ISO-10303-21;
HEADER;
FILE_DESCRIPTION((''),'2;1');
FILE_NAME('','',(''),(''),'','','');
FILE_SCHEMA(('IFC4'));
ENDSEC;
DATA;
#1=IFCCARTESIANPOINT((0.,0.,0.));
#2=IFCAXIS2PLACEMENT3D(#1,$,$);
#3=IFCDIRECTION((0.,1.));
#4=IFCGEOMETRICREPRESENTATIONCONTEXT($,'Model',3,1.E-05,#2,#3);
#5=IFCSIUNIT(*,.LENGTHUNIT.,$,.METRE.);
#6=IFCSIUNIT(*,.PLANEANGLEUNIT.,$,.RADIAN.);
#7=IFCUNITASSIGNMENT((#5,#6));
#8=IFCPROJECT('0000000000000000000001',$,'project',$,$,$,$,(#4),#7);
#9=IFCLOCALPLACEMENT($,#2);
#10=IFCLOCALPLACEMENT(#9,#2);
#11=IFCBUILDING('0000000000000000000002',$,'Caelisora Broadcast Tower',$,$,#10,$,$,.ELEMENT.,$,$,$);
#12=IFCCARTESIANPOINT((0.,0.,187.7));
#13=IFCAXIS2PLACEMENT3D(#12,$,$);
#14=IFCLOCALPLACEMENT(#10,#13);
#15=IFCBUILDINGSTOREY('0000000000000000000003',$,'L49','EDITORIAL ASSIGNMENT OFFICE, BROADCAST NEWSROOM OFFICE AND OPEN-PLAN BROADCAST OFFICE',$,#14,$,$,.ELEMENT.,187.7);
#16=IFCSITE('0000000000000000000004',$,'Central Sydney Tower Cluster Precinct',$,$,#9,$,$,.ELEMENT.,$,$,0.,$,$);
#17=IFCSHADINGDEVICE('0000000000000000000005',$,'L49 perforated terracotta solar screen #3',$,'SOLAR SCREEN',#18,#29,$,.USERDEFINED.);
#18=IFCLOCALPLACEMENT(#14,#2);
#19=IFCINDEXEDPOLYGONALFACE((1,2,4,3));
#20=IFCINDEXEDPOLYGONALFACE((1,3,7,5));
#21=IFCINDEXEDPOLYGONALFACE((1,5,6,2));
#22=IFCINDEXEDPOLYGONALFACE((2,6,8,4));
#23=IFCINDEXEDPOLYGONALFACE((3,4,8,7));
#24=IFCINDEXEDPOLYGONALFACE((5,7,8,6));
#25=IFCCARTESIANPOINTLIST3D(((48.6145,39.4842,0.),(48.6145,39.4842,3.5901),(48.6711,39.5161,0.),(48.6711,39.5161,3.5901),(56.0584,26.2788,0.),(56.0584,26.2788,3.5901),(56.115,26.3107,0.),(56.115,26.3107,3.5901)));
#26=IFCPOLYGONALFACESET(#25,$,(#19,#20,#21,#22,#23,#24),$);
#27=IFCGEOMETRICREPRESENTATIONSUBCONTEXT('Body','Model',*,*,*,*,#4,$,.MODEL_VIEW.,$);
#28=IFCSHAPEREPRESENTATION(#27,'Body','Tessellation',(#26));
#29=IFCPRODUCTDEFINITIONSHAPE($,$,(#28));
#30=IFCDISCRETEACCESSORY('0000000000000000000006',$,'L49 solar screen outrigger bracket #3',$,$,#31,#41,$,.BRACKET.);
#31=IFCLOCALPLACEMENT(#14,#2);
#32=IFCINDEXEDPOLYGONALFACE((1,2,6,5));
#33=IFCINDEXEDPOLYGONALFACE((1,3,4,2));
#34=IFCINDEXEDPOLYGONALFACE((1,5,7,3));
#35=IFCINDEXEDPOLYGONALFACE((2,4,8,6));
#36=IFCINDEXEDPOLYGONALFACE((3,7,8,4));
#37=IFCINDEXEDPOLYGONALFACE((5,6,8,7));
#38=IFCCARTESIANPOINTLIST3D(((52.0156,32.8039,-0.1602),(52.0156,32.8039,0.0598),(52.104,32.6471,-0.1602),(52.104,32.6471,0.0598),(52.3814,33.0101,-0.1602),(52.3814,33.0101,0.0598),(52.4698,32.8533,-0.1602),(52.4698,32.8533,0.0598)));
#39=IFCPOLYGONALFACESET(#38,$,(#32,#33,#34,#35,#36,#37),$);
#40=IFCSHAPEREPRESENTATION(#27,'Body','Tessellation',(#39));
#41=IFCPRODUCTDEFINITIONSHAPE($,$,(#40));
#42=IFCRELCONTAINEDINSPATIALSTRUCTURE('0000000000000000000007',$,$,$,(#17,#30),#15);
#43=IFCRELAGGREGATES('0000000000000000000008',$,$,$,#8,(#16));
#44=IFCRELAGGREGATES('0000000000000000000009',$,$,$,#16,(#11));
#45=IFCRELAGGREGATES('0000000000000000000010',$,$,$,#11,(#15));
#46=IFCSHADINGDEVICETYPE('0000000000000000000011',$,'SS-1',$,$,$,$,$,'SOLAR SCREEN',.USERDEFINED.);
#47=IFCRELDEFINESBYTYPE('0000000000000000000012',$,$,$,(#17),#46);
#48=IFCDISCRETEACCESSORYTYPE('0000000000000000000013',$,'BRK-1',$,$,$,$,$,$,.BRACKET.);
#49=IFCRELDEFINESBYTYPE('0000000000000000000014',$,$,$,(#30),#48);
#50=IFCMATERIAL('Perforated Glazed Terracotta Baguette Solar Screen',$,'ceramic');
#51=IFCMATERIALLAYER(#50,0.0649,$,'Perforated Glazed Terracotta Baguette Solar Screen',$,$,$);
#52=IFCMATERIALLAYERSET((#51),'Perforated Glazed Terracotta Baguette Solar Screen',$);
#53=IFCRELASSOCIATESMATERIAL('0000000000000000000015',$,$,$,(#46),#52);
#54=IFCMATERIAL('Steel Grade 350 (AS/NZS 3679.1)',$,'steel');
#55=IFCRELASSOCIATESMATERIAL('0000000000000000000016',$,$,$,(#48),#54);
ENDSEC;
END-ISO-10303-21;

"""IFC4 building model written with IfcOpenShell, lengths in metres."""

from ifc_helpers import new_model, si_unit, direction, frame, origin, origin_2d, place, context, subcontext, project, spatial, rectangle, extrude, source, transform, mapped, material, layer, layer_set, type_object, type_shapes, element, save


model = new_model("IFC4")

# Units and contexts
model_context = context("Model", 3, precision=1e-05, world=origin(), true_north=direction((0.0, 1.0)))
body_context = subcontext(model_context, "Body", "Model", "MODEL_VIEW")
ifc_project = project(units=[si_unit("LENGTHUNIT", "METRE"), si_unit("PLANEANGLEUNIT", "RADIAN")], contexts=[model_context])

# Site, building, storey
site_placement = place(None, origin())
site = spatial("IfcSite", under=ifc_project, at=site_placement, Name="Central Sydney Tower Cluster Precinct", CompositionType="ELEMENT", RefElevation=0.0)
building_placement = place(site_placement, origin())
building = spatial("IfcBuilding", under=site, at=building_placement, Name="Caelisora Broadcast Tower", CompositionType="ELEMENT")
storey_placement = place(building_placement, frame((0.0, 0.0, 187.7)))
storey = spatial("IfcBuildingStorey", under=building, at=storey_placement, Name="L49", Description="EDITORIAL ASSIGNMENT OFFICE, BROADCAST NEWSROOM OFFICE AND OPEN-PLAN BROADCAST OFFICE", CompositionType="ELEMENT", Elevation=187.7)

# Shared definitions
ifc_material_1 = material(Name="Steel Grade 350 (AS/NZS 3679.1)", Category="steel")

# Shading device
ifc_material_2 = material(Name="Perforated Glazed Terracotta Baguette Solar Screen", Category="ceramic")
ifc_layer_1 = layer(ifc_material_2, 0.0649, Name="Perforated Glazed Terracotta Baguette Solar Screen")
ifc_layer_set_1 = layer_set([ifc_layer_1], Name="Perforated Glazed Terracotta Baguette Solar Screen")
shading_device_type = type_object("IfcShadingDeviceType", Name="SS-1", ElementType="SOLAR SCREEN", PredefinedType="USERDEFINED", material=ifc_layer_set_1)
shared_shape_1 = source(origin(), body_context, "Body", "SweptSolid", [
    extrude(rectangle(XDim=15.1589, YDim=0.0649, at=origin_2d()), origin(), (0.0, 0.0, 1.0), 3.5901),
])
type_shapes(shading_device_type, [shared_shape_1])
shading_device_placement = place(storey_placement, frame((52.3647, 32.8975, 0.0), z_axis=(0.0, 0.0, 1.0), x_axis=(-0.491056, 0.871128, 0.0)))
element("IfcShadingDevice", 1, at=shading_device_placement, inside=storey, type_object=shading_device_type, Name="L49 perforated terracotta solar screen #3", ObjectType="SOLAR SCREEN", PredefinedType="USERDEFINED", context=body_context, shape_type="MappedRepresentation", body=[
    mapped(shared_shape_1, transform((0.0, 0.0, 0.0), scale=1.0)),
])

# Discrete accessory
discrete_accessory_type = type_object("IfcDiscreteAccessoryType", Name="BRK-1", PredefinedType="BRACKET", material=ifc_material_1)
shared_shape_2 = source(origin(), body_context, "Body", "SweptSolid", [
    extrude(rectangle(XDim=0.1799, YDim=0.4199, at=origin_2d()), origin(), (0.0, 0.0, 1.0), 0.22),
])
type_shapes(discrete_accessory_type, [shared_shape_2])
discrete_accessory_placement = place(storey_placement, frame((52.2427, 32.8286, -0.1602), z_axis=(0.0, 0.0, 1.0), x_axis=(-0.491056, 0.871128, 0.0)))
element("IfcDiscreteAccessory", 2, at=discrete_accessory_placement, inside=storey, type_object=discrete_accessory_type, Name="L49 solar screen outrigger bracket #3", PredefinedType="BRACKET", context=body_context, shape_type="MappedRepresentation", body=[
    mapped(shared_shape_2, transform((0.0, 0.0, 0.0), scale=1.0)),
])

save(model, "model.ifc")
